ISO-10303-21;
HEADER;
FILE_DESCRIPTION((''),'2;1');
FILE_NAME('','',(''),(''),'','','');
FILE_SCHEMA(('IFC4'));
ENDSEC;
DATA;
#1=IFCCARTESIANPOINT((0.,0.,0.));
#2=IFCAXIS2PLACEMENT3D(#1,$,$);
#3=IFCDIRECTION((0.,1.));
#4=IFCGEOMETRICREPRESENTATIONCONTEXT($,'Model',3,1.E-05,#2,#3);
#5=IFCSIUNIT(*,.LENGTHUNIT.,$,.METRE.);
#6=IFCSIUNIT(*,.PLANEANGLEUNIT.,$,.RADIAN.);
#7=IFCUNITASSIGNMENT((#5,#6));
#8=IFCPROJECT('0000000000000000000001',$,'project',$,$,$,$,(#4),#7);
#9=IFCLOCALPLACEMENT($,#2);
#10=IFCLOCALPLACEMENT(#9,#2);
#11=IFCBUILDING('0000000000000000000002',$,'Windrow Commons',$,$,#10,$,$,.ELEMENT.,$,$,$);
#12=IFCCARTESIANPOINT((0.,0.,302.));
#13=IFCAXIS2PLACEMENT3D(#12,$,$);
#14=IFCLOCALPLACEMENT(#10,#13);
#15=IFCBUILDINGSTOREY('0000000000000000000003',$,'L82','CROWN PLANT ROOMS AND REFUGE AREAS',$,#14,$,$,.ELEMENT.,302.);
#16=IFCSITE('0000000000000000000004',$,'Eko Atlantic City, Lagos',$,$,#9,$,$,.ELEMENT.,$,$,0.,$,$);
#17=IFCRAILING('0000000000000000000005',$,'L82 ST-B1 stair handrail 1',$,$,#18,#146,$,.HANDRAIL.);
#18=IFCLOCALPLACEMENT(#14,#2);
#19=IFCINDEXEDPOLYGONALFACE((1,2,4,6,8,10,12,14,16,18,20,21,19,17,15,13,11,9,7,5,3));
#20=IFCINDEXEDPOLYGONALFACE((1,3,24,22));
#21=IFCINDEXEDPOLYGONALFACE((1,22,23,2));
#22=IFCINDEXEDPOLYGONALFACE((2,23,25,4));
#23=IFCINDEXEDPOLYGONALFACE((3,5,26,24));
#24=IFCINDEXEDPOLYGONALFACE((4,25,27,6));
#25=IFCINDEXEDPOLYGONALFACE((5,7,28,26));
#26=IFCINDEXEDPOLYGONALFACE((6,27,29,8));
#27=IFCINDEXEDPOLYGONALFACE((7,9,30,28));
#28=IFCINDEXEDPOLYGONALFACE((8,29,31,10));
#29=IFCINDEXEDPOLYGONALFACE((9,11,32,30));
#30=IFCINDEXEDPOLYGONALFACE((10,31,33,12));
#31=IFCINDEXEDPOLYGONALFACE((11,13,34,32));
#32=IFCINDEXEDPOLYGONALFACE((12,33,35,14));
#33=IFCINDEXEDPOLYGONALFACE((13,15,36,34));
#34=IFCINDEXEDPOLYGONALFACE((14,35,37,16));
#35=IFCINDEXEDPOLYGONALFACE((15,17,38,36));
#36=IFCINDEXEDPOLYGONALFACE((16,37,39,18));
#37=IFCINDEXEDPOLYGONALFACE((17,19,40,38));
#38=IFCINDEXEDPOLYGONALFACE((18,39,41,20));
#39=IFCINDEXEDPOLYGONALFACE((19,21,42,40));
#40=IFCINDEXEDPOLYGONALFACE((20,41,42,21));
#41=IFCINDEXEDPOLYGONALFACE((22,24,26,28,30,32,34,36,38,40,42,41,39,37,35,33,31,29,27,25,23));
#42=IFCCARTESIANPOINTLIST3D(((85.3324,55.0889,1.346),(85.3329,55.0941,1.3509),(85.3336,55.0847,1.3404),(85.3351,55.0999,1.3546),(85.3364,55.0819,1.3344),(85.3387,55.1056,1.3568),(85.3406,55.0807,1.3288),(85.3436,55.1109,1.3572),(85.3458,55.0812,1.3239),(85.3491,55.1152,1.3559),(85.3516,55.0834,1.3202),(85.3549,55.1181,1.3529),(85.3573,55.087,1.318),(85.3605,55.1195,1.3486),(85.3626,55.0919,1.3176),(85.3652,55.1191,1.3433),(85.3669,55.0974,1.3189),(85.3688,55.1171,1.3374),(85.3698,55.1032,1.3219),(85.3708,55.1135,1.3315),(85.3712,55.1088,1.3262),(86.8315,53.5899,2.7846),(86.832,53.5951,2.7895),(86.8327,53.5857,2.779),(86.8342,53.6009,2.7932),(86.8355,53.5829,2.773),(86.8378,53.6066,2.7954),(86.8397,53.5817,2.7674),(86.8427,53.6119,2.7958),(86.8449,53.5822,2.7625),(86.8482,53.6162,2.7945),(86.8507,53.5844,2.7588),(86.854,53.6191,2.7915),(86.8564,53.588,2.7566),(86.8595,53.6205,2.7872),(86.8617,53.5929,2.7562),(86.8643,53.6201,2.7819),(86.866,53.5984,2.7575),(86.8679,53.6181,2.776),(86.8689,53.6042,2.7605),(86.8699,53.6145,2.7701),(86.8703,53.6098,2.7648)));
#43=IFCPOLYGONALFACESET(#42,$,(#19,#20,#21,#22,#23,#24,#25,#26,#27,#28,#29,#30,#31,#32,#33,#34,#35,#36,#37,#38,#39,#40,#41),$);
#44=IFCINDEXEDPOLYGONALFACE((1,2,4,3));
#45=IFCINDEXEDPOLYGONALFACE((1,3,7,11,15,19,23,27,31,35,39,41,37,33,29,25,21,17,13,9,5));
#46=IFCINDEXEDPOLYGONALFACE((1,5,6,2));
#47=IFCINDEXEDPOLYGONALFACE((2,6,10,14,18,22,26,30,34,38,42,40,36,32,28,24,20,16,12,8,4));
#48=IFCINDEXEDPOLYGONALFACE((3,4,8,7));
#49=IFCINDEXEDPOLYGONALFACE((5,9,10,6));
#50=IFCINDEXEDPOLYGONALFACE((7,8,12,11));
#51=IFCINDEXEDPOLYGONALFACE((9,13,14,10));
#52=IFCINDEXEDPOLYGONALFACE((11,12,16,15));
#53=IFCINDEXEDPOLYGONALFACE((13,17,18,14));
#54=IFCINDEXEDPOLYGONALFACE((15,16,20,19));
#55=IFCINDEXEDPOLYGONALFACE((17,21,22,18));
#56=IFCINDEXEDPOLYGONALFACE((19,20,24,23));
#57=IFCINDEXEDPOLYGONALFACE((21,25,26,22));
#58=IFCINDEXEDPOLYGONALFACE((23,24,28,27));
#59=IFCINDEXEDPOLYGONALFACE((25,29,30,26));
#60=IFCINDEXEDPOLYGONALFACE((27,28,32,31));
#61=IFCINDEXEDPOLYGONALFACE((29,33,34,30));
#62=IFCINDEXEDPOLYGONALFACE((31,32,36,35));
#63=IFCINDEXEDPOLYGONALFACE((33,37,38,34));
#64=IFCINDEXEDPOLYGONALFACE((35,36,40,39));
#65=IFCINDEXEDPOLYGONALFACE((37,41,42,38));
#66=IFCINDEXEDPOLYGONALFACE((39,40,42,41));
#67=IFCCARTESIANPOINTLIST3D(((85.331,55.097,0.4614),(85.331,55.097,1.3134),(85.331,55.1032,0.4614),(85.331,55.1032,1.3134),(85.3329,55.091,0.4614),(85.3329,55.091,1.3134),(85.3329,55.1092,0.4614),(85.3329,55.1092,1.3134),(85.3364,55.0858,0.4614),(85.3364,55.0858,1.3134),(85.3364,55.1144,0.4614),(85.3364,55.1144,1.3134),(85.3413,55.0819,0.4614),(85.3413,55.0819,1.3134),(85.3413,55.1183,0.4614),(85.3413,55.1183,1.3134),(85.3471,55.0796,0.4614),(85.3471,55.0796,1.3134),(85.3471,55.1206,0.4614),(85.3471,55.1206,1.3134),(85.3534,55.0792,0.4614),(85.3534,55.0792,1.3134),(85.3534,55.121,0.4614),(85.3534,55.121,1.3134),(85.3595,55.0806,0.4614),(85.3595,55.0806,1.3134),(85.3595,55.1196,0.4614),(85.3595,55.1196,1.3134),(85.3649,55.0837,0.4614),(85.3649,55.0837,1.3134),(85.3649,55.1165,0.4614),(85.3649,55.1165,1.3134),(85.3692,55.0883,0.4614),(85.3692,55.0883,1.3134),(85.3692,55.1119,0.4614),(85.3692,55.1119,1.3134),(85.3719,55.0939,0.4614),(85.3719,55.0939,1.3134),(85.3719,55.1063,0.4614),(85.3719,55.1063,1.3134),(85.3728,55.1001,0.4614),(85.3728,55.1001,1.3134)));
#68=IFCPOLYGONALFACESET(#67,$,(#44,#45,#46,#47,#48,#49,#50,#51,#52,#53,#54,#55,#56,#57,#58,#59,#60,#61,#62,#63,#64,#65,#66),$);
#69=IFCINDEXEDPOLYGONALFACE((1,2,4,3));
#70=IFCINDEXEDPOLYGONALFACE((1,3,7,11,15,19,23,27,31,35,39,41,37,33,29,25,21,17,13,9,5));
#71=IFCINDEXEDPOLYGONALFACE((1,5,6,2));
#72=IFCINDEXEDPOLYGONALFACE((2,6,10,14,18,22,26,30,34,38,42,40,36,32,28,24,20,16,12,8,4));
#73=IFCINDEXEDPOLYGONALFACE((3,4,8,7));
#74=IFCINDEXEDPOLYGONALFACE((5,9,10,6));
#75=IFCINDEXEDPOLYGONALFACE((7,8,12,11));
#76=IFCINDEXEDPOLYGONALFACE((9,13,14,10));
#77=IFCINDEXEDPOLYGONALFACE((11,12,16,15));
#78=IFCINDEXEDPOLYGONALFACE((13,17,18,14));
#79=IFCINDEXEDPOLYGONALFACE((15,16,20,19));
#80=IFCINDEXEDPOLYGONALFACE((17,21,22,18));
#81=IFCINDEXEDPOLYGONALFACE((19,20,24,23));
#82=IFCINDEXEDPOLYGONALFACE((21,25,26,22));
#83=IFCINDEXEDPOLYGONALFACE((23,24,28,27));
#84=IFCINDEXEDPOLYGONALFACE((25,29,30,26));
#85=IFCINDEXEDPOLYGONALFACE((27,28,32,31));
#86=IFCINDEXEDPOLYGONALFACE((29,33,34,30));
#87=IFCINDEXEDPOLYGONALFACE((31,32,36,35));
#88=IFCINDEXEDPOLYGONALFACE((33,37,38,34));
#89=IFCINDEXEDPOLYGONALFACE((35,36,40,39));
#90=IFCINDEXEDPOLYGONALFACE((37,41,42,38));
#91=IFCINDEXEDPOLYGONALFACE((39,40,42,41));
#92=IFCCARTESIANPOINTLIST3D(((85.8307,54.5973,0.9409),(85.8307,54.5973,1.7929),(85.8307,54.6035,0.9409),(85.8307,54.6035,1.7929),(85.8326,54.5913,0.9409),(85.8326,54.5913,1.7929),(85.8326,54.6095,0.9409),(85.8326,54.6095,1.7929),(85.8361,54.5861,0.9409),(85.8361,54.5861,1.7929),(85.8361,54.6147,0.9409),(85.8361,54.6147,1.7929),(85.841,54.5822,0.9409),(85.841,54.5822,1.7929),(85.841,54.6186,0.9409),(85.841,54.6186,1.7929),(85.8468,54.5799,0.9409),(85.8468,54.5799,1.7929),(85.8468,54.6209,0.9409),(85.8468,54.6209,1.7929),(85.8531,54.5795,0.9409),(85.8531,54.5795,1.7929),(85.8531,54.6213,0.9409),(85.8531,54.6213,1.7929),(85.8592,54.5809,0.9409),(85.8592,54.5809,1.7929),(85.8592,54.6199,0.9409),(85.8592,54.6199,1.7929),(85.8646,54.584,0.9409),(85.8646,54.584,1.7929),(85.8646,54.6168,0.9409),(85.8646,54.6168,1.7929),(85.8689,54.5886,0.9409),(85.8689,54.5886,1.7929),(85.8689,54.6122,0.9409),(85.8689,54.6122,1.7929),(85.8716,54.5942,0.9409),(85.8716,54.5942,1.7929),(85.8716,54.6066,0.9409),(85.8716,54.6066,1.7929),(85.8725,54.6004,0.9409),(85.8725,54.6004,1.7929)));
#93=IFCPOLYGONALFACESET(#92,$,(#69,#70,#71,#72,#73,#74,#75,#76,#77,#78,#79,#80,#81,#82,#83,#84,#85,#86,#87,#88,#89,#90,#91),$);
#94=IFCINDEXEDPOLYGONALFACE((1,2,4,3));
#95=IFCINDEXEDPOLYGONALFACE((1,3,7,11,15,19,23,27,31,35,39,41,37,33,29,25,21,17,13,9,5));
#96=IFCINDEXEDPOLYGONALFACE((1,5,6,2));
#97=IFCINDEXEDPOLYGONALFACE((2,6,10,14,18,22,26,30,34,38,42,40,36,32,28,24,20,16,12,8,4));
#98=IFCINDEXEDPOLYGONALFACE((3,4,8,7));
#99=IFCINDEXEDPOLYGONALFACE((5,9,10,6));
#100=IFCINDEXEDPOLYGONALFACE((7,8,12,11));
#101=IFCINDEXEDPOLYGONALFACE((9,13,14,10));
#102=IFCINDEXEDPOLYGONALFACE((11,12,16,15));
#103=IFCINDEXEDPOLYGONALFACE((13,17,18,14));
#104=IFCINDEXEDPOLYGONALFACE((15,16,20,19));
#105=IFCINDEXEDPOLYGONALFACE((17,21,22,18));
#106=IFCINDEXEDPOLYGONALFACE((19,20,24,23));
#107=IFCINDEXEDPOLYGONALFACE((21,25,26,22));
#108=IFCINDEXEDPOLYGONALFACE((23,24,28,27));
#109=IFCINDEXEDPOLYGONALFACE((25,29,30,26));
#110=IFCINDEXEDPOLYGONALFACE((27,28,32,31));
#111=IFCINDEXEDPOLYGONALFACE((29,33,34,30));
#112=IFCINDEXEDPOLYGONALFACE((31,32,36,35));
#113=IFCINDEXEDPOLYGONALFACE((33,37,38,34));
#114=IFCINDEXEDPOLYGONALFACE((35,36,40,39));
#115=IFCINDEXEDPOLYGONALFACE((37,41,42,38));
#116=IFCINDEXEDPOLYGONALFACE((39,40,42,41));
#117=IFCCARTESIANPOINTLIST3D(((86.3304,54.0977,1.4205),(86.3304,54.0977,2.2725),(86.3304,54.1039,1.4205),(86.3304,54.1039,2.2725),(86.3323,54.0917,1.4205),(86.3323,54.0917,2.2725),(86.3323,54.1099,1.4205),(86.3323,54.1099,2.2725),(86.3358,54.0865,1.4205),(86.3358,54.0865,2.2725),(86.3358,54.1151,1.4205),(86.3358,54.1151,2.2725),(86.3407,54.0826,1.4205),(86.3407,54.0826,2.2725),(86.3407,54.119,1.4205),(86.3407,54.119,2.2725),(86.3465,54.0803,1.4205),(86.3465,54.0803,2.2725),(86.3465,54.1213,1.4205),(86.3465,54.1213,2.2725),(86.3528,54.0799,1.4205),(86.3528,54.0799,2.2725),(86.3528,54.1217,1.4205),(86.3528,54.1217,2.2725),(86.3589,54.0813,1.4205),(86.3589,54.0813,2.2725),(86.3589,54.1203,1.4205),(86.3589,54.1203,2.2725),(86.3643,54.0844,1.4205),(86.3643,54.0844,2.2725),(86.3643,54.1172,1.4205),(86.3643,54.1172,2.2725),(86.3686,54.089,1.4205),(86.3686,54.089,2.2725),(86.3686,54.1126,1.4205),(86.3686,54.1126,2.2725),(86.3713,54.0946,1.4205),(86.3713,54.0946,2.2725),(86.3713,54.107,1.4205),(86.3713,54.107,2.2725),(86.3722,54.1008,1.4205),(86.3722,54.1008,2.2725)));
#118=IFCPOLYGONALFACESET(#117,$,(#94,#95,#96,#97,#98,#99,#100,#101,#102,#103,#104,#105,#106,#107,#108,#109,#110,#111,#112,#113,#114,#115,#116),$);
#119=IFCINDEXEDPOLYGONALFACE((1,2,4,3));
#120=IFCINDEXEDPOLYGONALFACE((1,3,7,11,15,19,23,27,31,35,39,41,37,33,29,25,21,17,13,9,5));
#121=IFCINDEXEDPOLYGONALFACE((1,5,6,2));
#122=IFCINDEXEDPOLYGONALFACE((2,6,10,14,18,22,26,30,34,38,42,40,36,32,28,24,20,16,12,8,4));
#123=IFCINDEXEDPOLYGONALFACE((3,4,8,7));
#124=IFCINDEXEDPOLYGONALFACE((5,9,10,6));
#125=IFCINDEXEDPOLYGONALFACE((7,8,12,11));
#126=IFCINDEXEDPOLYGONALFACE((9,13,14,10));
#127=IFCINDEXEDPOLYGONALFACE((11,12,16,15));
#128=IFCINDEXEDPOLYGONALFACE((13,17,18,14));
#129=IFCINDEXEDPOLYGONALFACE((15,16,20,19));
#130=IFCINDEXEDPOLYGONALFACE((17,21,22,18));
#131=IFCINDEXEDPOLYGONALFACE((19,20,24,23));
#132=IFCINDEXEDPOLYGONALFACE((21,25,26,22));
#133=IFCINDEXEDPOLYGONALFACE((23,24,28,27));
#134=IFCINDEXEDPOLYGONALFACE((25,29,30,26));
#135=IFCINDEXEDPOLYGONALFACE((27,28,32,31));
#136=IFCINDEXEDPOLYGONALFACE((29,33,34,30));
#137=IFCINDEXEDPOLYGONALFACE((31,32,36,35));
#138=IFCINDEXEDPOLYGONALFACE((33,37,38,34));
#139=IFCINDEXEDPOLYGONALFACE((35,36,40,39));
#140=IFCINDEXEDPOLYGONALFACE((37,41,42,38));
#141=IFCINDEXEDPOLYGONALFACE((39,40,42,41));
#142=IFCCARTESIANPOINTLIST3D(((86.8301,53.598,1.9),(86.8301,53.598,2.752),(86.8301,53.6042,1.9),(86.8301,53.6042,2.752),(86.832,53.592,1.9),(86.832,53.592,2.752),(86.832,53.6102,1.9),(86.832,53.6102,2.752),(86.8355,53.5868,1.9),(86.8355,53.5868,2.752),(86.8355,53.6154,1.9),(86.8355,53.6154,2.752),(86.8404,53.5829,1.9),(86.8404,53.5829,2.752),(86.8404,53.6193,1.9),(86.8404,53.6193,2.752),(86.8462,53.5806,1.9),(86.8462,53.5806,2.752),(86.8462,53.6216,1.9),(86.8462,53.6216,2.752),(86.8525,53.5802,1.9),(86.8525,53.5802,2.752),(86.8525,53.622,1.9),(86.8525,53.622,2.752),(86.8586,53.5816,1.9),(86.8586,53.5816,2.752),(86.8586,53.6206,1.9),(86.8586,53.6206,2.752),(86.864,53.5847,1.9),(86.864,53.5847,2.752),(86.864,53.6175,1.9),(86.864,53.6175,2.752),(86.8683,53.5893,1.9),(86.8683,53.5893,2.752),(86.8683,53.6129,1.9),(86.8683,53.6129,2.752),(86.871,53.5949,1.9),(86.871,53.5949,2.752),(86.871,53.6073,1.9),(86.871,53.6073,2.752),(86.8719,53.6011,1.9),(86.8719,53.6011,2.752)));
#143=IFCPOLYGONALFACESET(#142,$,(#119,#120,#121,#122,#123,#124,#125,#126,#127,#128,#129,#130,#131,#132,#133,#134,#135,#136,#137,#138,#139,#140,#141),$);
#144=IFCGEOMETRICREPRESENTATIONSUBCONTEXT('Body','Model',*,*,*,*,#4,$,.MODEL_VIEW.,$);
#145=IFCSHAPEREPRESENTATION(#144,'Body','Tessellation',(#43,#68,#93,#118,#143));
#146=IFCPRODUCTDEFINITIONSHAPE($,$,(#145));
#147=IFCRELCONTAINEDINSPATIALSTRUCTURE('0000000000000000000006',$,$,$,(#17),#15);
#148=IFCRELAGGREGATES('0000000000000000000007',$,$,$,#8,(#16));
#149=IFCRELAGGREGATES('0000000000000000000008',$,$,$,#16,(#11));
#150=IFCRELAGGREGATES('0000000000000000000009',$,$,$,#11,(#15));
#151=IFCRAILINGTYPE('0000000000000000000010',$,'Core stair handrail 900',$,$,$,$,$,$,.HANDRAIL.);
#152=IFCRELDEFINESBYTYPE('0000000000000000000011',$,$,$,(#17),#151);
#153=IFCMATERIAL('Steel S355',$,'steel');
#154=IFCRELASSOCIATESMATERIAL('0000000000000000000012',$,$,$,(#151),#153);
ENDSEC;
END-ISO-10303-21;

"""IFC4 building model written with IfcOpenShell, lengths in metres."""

from ifc_helpers import new_model, si_unit, direction, frame, origin, origin_2d, place, context, subcontext, project, spatial, circle, extrude, material, type_object, element, save


model = new_model("IFC4")

# Units and contexts
model_context = context("Model", 3, precision=1e-05, world=origin(), true_north=direction((0.0, 1.0)))
body_context = subcontext(model_context, "Body", "Model", "MODEL_VIEW")
ifc_project = project(units=[si_unit("LENGTHUNIT", "METRE"), si_unit("PLANEANGLEUNIT", "RADIAN")], contexts=[model_context])

# Site, building, storey
site_placement = place(None, origin())
site = spatial("IfcSite", under=ifc_project, at=site_placement, Name="Eko Atlantic City, Lagos", CompositionType="ELEMENT", RefElevation=0.0)
building_placement = place(site_placement, origin())
building = spatial("IfcBuilding", under=site, at=building_placement, Name="Windrow Commons", CompositionType="ELEMENT")
storey_placement = place(building_placement, frame((0.0, 0.0, 302.0)))
storey = spatial("IfcBuildingStorey", under=building, at=storey_placement, Name="L82", Description="CROWN PLANT ROOMS AND REFUGE AREAS", CompositionType="ELEMENT", Elevation=302.0)

# Railing
ifc_material_1 = material(Name="Steel S355", Category="steel")
railing_type_1 = type_object("IfcRailingType", Name="Core stair handrail 900", PredefinedType="HANDRAIL", material=ifc_material_1)
railing_1_placement = place(storey_placement, frame((85.3518, 55.1001, 0.4614)))
element("IfcRailing", 1, at=railing_1_placement, inside=storey, type_object=railing_type_1, Name="L82 ST-B1 stair handrail 1", PredefinedType="HANDRAIL", context=body_context, shape_type="SweptSolid", body=[
    extrude(circle(Radius=0.024, at=origin_2d()), frame((0.0, 0.0, 0.876), z_axis=(0.585128, -0.585089, 0.561513), x_axis=(0.707083, 0.70713, 0.0)), (0.0, 0.0, 1.0), 2.562),
    extrude(circle(Radius=0.021, at=origin_2d()), origin(), (0.0, 0.0, 1.0), 0.852),
    extrude(circle(Radius=0.021, at=origin_2d()), frame((0.4997, -0.4997, 0.4795)), (0.0, 0.0, 1.0), 0.852),
    extrude(circle(Radius=0.021, at=origin_2d()), frame((0.9994, -0.9993, 0.9591)), (0.0, 0.0, 1.0), 0.852),
    extrude(circle(Radius=0.021, at=origin_2d()), frame((1.4991, -1.499, 1.4386)), (0.0, 0.0, 1.0), 0.852),
])

save(model, "model.ifc")
